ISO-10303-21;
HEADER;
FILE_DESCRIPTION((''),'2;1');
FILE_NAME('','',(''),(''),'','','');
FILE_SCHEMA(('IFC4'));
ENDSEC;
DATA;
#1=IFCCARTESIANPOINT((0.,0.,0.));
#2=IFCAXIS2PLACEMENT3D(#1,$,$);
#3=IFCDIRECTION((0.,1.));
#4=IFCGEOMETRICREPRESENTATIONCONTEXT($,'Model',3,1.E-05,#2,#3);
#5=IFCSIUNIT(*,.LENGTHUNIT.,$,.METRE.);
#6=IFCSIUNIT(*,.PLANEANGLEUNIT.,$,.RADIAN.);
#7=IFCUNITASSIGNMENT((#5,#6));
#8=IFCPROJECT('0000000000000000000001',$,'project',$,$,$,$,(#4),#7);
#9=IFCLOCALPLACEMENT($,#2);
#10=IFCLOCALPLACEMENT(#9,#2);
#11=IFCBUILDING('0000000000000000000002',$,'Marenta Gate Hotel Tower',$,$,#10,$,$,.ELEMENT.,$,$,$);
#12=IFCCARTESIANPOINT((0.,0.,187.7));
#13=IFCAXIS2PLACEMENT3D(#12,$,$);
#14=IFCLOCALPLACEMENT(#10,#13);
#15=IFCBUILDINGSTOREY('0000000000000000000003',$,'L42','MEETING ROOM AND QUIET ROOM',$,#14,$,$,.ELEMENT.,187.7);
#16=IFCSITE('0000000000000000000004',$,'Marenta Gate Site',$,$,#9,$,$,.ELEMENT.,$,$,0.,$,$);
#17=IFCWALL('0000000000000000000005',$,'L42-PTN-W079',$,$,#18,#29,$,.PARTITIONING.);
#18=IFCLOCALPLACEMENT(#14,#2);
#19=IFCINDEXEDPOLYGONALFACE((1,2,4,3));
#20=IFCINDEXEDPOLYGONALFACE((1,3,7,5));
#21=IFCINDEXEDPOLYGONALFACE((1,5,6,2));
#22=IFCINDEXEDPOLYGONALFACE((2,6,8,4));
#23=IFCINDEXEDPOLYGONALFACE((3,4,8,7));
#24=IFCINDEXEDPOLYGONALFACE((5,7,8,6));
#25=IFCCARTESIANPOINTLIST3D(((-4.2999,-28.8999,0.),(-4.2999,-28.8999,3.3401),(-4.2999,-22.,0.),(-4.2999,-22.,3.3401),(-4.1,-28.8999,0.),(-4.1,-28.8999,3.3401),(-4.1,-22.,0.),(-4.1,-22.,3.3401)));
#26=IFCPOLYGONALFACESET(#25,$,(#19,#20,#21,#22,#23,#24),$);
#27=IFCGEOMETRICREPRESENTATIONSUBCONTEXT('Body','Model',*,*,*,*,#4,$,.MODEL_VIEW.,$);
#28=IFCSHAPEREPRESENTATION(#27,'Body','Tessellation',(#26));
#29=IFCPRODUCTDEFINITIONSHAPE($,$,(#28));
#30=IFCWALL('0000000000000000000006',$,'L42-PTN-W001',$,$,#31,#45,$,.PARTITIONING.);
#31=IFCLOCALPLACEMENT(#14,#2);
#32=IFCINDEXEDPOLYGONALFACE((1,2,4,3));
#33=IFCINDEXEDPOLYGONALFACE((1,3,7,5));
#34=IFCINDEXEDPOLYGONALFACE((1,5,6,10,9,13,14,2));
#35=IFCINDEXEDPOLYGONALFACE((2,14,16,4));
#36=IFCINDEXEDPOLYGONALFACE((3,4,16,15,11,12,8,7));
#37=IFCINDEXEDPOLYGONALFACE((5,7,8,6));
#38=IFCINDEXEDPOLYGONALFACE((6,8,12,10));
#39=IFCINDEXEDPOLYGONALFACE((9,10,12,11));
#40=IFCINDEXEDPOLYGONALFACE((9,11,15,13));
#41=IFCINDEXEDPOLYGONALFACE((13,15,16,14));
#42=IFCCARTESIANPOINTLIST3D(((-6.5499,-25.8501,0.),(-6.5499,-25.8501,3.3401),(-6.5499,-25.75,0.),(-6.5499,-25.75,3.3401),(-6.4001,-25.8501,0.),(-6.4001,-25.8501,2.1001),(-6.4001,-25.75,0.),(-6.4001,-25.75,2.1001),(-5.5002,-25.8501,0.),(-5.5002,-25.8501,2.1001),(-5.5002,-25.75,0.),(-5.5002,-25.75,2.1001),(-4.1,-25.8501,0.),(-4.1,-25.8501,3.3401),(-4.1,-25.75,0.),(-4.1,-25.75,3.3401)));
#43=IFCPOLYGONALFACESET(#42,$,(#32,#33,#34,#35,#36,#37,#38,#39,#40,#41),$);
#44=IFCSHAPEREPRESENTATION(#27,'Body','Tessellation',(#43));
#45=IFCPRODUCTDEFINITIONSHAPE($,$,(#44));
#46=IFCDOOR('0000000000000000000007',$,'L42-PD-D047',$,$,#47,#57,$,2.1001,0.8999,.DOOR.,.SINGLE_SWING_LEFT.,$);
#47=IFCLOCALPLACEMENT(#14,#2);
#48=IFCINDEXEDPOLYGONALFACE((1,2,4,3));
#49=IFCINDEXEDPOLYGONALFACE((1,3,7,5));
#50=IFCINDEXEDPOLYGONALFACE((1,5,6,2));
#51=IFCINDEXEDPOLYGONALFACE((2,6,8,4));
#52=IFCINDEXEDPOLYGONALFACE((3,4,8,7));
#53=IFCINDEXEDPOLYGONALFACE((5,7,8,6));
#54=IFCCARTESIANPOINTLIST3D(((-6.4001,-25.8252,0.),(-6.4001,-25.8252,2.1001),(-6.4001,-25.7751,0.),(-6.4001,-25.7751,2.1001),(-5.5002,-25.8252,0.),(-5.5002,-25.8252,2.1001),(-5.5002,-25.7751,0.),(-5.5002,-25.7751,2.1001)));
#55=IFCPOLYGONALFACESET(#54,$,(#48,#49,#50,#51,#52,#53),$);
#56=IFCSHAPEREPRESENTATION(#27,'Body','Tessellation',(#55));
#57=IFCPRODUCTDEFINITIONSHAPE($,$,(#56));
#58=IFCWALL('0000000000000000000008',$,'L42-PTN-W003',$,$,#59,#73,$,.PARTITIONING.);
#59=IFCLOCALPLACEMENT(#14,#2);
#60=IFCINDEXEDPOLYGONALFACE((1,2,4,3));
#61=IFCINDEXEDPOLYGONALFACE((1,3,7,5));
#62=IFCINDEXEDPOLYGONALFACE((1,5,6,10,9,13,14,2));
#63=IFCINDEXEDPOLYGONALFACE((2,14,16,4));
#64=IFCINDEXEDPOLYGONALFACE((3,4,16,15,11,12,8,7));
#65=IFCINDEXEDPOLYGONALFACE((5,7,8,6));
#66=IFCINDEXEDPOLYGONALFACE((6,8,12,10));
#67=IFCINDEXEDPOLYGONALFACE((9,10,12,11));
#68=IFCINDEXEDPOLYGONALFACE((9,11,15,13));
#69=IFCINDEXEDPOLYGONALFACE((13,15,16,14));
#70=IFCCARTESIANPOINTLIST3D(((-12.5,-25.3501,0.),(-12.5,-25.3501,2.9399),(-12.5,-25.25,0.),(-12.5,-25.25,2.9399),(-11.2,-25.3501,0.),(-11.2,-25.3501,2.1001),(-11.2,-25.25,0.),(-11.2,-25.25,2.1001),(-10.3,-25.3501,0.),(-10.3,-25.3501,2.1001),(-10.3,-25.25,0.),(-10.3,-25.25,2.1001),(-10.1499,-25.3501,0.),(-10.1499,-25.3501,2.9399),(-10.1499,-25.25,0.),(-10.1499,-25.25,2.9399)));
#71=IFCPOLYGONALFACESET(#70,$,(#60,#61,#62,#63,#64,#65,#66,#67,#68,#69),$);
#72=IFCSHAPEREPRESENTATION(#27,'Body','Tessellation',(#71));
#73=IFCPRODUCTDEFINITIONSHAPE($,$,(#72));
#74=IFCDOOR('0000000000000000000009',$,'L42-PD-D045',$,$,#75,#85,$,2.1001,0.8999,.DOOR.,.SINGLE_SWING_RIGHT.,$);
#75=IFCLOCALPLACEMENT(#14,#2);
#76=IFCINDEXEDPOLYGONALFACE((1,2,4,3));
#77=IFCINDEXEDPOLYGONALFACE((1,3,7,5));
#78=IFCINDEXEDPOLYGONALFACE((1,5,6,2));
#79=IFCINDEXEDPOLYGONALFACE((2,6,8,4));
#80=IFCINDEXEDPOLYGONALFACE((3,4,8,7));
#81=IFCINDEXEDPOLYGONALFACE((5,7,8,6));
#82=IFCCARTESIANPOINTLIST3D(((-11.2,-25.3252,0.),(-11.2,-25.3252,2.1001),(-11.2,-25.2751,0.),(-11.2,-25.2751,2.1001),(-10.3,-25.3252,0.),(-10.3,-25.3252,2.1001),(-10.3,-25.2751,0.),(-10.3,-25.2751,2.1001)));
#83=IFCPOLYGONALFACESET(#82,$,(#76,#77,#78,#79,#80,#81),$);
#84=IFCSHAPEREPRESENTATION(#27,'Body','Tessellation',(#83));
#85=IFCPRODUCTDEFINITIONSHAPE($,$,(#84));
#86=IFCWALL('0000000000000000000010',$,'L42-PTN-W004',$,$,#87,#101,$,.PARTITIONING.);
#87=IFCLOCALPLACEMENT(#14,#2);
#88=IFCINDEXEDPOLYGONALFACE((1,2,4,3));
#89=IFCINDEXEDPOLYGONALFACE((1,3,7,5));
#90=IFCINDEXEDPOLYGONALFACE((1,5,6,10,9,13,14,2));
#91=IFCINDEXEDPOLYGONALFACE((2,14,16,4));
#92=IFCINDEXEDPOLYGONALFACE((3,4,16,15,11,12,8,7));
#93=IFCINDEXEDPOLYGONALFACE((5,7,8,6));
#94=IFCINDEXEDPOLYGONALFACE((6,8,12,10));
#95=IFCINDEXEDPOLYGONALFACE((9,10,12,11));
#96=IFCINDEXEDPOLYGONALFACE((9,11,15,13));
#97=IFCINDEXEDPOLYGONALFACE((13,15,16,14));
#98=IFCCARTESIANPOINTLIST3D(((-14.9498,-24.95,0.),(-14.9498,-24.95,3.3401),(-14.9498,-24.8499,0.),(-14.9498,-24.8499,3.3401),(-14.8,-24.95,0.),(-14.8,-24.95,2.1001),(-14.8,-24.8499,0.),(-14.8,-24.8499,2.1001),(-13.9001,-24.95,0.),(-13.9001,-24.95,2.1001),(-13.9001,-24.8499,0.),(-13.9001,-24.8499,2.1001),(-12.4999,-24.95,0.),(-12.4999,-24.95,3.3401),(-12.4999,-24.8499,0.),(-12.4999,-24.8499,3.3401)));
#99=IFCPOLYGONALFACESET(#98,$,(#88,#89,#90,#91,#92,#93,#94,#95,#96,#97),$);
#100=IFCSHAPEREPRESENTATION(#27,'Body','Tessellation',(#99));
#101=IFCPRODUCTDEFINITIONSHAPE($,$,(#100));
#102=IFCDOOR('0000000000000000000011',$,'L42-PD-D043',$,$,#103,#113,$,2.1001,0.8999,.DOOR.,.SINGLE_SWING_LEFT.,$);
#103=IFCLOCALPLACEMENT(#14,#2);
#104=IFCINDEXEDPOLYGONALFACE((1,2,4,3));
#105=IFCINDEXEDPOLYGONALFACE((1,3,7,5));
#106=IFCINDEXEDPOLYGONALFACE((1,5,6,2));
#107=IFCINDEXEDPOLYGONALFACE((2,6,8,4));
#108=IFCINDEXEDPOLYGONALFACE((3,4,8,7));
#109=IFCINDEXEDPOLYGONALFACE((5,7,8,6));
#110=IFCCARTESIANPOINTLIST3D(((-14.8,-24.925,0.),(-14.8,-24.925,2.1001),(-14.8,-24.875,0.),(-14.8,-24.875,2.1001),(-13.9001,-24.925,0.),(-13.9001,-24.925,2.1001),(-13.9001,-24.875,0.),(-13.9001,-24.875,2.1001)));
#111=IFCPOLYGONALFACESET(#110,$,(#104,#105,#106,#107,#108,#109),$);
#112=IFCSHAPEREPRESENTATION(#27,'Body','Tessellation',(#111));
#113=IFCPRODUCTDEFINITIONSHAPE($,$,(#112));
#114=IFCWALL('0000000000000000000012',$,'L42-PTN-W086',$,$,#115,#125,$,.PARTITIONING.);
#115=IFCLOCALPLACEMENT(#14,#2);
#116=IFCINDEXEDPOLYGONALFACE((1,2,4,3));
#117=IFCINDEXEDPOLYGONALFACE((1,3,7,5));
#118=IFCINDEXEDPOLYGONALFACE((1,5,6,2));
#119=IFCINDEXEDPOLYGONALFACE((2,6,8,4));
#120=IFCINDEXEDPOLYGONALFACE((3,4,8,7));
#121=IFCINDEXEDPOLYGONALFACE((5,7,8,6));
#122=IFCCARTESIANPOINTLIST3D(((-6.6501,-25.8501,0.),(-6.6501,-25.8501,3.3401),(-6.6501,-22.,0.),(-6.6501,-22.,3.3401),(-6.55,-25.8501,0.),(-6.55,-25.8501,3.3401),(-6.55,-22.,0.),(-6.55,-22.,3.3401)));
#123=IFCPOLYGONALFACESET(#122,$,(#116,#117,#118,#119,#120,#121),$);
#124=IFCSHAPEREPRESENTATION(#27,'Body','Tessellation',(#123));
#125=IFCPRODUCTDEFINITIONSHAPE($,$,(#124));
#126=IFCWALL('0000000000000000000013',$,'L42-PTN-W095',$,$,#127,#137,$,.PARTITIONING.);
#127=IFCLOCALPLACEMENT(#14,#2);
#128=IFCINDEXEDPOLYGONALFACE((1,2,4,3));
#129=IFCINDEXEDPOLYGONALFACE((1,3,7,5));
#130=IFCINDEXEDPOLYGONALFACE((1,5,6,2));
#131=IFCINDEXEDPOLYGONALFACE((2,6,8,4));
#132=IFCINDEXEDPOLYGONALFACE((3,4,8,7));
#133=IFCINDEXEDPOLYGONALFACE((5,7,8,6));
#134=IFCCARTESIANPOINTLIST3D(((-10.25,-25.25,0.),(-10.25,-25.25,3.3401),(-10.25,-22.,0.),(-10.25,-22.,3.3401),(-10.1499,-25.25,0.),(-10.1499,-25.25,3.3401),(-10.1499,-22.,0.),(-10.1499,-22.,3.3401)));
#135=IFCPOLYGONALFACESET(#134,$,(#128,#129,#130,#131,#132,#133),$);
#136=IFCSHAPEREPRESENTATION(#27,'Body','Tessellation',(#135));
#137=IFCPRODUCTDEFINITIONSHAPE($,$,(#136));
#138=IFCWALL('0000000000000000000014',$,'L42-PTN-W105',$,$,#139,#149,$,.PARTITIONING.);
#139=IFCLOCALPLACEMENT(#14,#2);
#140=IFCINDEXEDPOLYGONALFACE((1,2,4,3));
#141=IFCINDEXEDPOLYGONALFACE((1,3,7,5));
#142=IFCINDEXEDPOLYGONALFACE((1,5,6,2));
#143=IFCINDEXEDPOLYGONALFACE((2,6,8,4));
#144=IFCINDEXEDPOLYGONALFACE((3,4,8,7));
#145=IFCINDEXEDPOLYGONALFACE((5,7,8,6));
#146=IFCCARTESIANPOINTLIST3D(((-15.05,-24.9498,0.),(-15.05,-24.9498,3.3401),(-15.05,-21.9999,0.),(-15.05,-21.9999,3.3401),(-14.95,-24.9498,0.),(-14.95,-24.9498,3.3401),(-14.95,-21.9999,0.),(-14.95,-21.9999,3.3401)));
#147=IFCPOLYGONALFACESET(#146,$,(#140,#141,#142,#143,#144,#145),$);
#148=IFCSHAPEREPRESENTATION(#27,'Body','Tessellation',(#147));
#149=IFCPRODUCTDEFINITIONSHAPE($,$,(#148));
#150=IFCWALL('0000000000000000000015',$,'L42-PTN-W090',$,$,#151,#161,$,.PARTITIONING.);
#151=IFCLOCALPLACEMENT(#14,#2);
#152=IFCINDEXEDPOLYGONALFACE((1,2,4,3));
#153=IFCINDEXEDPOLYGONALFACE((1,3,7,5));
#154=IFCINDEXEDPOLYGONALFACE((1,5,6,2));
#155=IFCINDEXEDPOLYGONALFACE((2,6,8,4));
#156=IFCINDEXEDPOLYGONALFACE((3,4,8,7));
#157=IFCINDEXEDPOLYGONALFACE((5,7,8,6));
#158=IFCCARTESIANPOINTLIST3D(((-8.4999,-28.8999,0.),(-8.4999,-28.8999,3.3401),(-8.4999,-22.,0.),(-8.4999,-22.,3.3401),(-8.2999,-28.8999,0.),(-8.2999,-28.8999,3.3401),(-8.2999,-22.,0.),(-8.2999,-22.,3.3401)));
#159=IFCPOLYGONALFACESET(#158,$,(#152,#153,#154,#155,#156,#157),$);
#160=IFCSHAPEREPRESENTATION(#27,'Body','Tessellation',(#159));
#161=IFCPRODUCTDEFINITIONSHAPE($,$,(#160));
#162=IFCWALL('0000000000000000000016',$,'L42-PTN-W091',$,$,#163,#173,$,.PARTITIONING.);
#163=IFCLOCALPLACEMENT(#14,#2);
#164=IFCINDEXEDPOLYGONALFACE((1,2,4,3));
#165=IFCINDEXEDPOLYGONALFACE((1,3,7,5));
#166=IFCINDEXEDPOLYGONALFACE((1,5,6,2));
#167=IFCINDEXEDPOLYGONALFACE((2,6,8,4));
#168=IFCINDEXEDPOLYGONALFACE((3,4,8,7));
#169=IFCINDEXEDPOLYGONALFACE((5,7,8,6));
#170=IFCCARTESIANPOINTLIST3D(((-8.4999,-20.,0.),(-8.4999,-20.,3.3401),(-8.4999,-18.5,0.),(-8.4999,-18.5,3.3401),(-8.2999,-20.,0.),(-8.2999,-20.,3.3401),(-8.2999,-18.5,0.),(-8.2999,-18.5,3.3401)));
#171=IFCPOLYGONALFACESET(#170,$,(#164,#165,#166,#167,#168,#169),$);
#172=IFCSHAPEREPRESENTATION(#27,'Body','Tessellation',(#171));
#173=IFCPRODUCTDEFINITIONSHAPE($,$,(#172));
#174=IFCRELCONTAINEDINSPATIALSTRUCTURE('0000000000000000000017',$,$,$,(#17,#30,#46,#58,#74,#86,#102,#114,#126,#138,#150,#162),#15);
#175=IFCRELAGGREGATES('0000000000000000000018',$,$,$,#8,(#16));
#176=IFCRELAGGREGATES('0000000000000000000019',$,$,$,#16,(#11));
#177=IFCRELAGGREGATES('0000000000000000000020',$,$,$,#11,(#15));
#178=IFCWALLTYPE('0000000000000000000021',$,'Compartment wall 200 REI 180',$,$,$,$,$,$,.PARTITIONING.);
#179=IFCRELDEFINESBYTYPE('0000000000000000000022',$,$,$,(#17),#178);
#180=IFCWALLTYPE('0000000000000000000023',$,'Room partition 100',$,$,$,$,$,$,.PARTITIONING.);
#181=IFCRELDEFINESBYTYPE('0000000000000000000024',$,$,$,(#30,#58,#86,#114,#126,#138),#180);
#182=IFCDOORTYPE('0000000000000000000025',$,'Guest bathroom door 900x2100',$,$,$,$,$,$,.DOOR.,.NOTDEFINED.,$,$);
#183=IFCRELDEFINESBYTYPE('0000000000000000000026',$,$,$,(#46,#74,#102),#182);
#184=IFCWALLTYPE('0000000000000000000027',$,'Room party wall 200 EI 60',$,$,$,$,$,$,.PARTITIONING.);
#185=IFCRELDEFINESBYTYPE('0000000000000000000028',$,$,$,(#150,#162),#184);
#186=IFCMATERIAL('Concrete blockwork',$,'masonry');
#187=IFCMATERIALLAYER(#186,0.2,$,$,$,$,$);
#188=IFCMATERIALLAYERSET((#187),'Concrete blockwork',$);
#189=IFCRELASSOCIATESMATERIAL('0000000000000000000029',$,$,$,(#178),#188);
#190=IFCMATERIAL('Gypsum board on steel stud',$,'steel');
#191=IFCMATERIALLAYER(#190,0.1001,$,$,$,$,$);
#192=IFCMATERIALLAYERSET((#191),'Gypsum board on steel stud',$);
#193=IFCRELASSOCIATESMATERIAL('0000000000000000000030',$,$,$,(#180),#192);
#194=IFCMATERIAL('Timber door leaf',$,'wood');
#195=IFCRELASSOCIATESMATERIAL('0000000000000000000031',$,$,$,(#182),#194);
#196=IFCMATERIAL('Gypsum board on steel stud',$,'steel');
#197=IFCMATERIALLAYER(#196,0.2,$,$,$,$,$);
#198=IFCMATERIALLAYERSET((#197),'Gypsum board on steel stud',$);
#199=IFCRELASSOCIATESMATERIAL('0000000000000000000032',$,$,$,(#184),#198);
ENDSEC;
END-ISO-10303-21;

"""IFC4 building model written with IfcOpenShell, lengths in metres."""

from ifc_helpers import new_model, si_unit, direction, frame, frame_2d, origin, place, context, subcontext, project, spatial, rectangle, extrude, material, layer, layer_set, type_object, element, fill, save


model = new_model("IFC4")

# Units and contexts
model_context = context("Model", 3, precision=1e-05, world=origin(), true_north=direction((0.0, 1.0)))
body_context = subcontext(model_context, "Body", "Model", "MODEL_VIEW")
ifc_project = project(units=[si_unit("LENGTHUNIT", "METRE"), si_unit("PLANEANGLEUNIT", "RADIAN")], contexts=[model_context])

# Site, building, storey
site_placement = place(None, origin())
site = spatial("IfcSite", under=ifc_project, at=site_placement, Name="Marenta Gate Site", CompositionType="ELEMENT", RefElevation=0.0)
building_placement = place(site_placement, origin())
building = spatial("IfcBuilding", under=site, at=building_placement, Name="Marenta Gate Hotel Tower", CompositionType="ELEMENT")
storey_placement = place(building_placement, frame((0.0, 0.0, 187.7)))
storey = spatial("IfcBuildingStorey", under=building, at=storey_placement, Name="L42", Description="MEETING ROOM AND QUIET ROOM", CompositionType="ELEMENT", Elevation=187.7)

# Wall
ifc_material_1 = material(Name="Concrete blockwork", Category="masonry")
ifc_layer_1 = layer(ifc_material_1, 0.2)
ifc_layer_set_1 = layer_set([ifc_layer_1], Name="Concrete blockwork")
wall_type_1 = type_object("IfcWallType", Name="Compartment wall 200 REI 180", PredefinedType="PARTITIONING", material=ifc_layer_set_1)
wall_1_placement = place(storey_placement, frame((-4.2, -28.8999, 0.0), z_axis=(0.0, 0.0, 1.0), x_axis=(0.0, 1.0, 0.0)))
element("IfcWall", 1, at=wall_1_placement, inside=storey, type_object=wall_type_1, Name="L42-PTN-W079", PredefinedType="PARTITIONING", context=body_context, shape_type="SweptSolid", body=[
    extrude(rectangle(XDim=6.8999, YDim=0.2, at=frame_2d((3.45, 0.0))), origin(), (0.0, 0.0, 1.0), 3.3401),
])

# Walls, openings, doors
ifc_material_2 = material(Name="Gypsum board on steel stud", Category="steel")
ifc_layer_2 = layer(ifc_material_2, 0.1001)
ifc_layer_set_2 = layer_set([ifc_layer_2], Name="Gypsum board on steel stud")
wall_type_2 = type_object("IfcWallType", Name="Room partition 100", PredefinedType="PARTITIONING", material=ifc_layer_set_2)
wall_2_placement = place(storey_placement, frame((-6.55, -25.8, 0.0), z_axis=(0.0, 0.0, 1.0), x_axis=(1.0, 0.0, 0.0)))
wall_2 = element("IfcWall", 2, at=wall_2_placement, inside=storey, type_object=wall_type_2, Name="L42-PTN-W001", PredefinedType="PARTITIONING", context=body_context, shape_type="SweptSolid", body=[
    extrude(rectangle(XDim=2.45, YDim=0.1001, at=frame_2d((1.2251, 0.0))), origin(), (0.0, 0.0, 1.0), 3.3401),
])
opening_1_placement = place(wall_2_placement, frame((0.1499, 0.0, 0.0)))
opening_1 = element("IfcOpeningElement", 3, at=opening_1_placement, cuts=wall_2, PredefinedType="OPENING", context=body_context, shape_type="SweptSolid", body=[
    extrude(rectangle(XDim=0.8999, YDim=2.1001, at=frame_2d((0.45, 1.05))), frame((0.0, 0.05, 0.0), z_axis=(0.0, -1.0, 0.0), x_axis=(1.0, 0.0, 0.0)), (0.0, 0.0, 1.0), 0.1001),
])
ifc_material_3 = material(Name="Timber door leaf", Category="wood")
door_type_1 = type_object("IfcDoorType", Name="Guest bathroom door 900x2100", OperationType="NOTDEFINED", PredefinedType="DOOR", material=ifc_material_3)
door_1_placement = place(opening_1_placement, origin())
door_1 = element("IfcDoor", 4, at=door_1_placement, inside=storey, type_object=door_type_1, Name="L42-PD-D047", OperationType="SINGLE_SWING_LEFT", OverallHeight=2.1001, OverallWidth=0.8999, PredefinedType="DOOR", context=body_context, shape_type="SweptSolid", body=[
    extrude(rectangle(XDim=0.8999, YDim=2.1001, at=frame_2d((0.45, 1.05))), frame((0.0, 0.0249, 0.0), z_axis=(0.0, -1.0, 0.0), x_axis=(1.0, 0.0, 0.0)), (0.0, 0.0, 1.0), 0.05),
])
fill(opening_1, door_1)
wall_3_placement = place(storey_placement, frame((-12.5, -25.3, 0.0), z_axis=(0.0, 0.0, 1.0), x_axis=(1.0, 0.0, 0.0)))
wall_3 = element("IfcWall", 5, at=wall_3_placement, inside=storey, type_object=wall_type_2, Name="L42-PTN-W003", PredefinedType="PARTITIONING", context=body_context, shape_type="SweptSolid", body=[
    extrude(rectangle(XDim=2.3501, YDim=0.1001, at=frame_2d((1.175, 0.0))), origin(), (0.0, 0.0, 1.0), 2.9399),
])
opening_2_placement = place(wall_3_placement, frame((1.3, 0.0, 0.0)))
opening_2 = element("IfcOpeningElement", 6, at=opening_2_placement, cuts=wall_3, PredefinedType="OPENING", context=body_context, shape_type="SweptSolid", body=[
    extrude(rectangle(XDim=0.8999, YDim=2.1001, at=frame_2d((0.45, 1.05))), frame((0.0, 0.05, 0.0), z_axis=(0.0, -1.0, 0.0), x_axis=(1.0, 0.0, 0.0)), (0.0, 0.0, 1.0), 0.1001),
])
door_2_placement = place(opening_2_placement, origin())
door_2 = element("IfcDoor", 7, at=door_2_placement, inside=storey, type_object=door_type_1, Name="L42-PD-D045", OperationType="SINGLE_SWING_RIGHT", OverallHeight=2.1001, OverallWidth=0.8999, PredefinedType="DOOR", context=body_context, shape_type="SweptSolid", body=[
    extrude(rectangle(XDim=0.8999, YDim=2.1001, at=frame_2d((0.45, 1.05))), frame((0.0, 0.0249, 0.0), z_axis=(0.0, -1.0, 0.0), x_axis=(1.0, 0.0, 0.0)), (0.0, 0.0, 1.0), 0.05),
])
fill(opening_2, door_2)
wall_4_placement = place(storey_placement, frame((-14.95, -24.8999, 0.0), z_axis=(0.0, 0.0, 1.0), x_axis=(1.0, 0.0, 0.0)))
wall_4 = element("IfcWall", 8, at=wall_4_placement, inside=storey, type_object=wall_type_2, Name="L42-PTN-W004", PredefinedType="PARTITIONING", context=body_context, shape_type="SweptSolid", body=[
    extrude(rectangle(XDim=2.45, YDim=0.1001, at=frame_2d((1.2251, 0.0))), origin(), (0.0, 0.0, 1.0), 3.3401),
])
opening_3_placement = place(wall_4_placement, frame((0.1499, 0.0, 0.0)))
opening_3 = element("IfcOpeningElement", 9, at=opening_3_placement, cuts=wall_4, PredefinedType="OPENING", context=body_context, shape_type="SweptSolid", body=[
    extrude(rectangle(XDim=0.8999, YDim=2.1001, at=frame_2d((0.45, 1.05))), frame((0.0, 0.05, 0.0), z_axis=(0.0, -1.0, 0.0), x_axis=(1.0, 0.0, 0.0)), (0.0, 0.0, 1.0), 0.1001),
])
door_3_placement = place(opening_3_placement, origin())
door_3 = element("IfcDoor", 10, at=door_3_placement, inside=storey, type_object=door_type_1, Name="L42-PD-D043", OperationType="SINGLE_SWING_LEFT", OverallHeight=2.1001, OverallWidth=0.8999, PredefinedType="DOOR", context=body_context, shape_type="SweptSolid", body=[
    extrude(rectangle(XDim=0.8999, YDim=2.1001, at=frame_2d((0.45, 1.05))), frame((0.0, 0.0249, 0.0), z_axis=(0.0, -1.0, 0.0), x_axis=(1.0, 0.0, 0.0)), (0.0, 0.0, 1.0), 0.05),
])
fill(opening_3, door_3)

# Walls
wall_5_placement = place(storey_placement, frame((-6.6001, -25.8501, 0.0), z_axis=(0.0, 0.0, 1.0), x_axis=(0.0, 1.0, 0.0)))
element("IfcWall", 11, at=wall_5_placement, inside=storey, type_object=wall_type_2, Name="L42-PTN-W086", PredefinedType="PARTITIONING", context=body_context, shape_type="SweptSolid", body=[
    extrude(rectangle(XDim=3.8501, YDim=0.1001, at=frame_2d((1.925, 0.0))), origin(), (0.0, 0.0, 1.0), 3.3401),
])
wall_6_placement = place(storey_placement, frame((-10.2, -25.25, 0.0), z_axis=(0.0, 0.0, 1.0), x_axis=(0.0, 1.0, 0.0)))
element("IfcWall", 12, at=wall_6_placement, inside=storey, type_object=wall_type_2, Name="L42-PTN-W095", PredefinedType="PARTITIONING", context=body_context, shape_type="SweptSolid", body=[
    extrude(rectangle(XDim=3.25, YDim=0.1001, at=frame_2d((1.625, 0.0))), origin(), (0.0, 0.0, 1.0), 3.3401),
])
wall_7_placement = place(storey_placement, frame((-15.0, -24.95, 0.0), z_axis=(0.0, 0.0, 1.0), x_axis=(0.0, 1.0, 0.0)))
element("IfcWall", 13, at=wall_7_placement, inside=storey, type_object=wall_type_2, Name="L42-PTN-W105", PredefinedType="PARTITIONING", context=body_context, shape_type="SweptSolid", body=[
    extrude(rectangle(XDim=2.95, YDim=0.1001, at=frame_2d((1.4751, 0.0))), origin(), (0.0, 0.0, 1.0), 3.3401),
])
ifc_material_4 = material(Name="Gypsum board on steel stud", Category="steel")
ifc_layer_3 = layer(ifc_material_4, 0.2)
ifc_layer_set_3 = layer_set([ifc_layer_3], Name="Gypsum board on steel stud")
wall_type_3 = type_object("IfcWallType", Name="Room party wall 200 EI 60", PredefinedType="PARTITIONING", material=ifc_layer_set_3)
wall_8_placement = place(storey_placement, frame((-8.3999, -28.8999, 0.0), z_axis=(0.0, 0.0, 1.0), x_axis=(0.0, 1.0, 0.0)))
element("IfcWall", 14, at=wall_8_placement, inside=storey, type_object=wall_type_3, Name="L42-PTN-W090", PredefinedType="PARTITIONING", context=body_context, shape_type="SweptSolid", body=[
    extrude(rectangle(XDim=6.8999, YDim=0.2, at=frame_2d((3.45, 0.0))), origin(), (0.0, 0.0, 1.0), 3.3401),
])
wall_9_placement = place(storey_placement, frame((-8.3999, -20.0, 0.0), z_axis=(0.0, 0.0, 1.0), x_axis=(0.0, 1.0, 0.0)))
element("IfcWall", 15, at=wall_9_placement, inside=storey, type_object=wall_type_3, Name="L42-PTN-W091", PredefinedType="PARTITIONING", context=body_context, shape_type="SweptSolid", body=[
    extrude(rectangle(XDim=1.5, YDim=0.2, at=frame_2d((0.75, 0.0))), origin(), (0.0, 0.0, 1.0), 3.3401),
])

save(model, "model.ifc")
